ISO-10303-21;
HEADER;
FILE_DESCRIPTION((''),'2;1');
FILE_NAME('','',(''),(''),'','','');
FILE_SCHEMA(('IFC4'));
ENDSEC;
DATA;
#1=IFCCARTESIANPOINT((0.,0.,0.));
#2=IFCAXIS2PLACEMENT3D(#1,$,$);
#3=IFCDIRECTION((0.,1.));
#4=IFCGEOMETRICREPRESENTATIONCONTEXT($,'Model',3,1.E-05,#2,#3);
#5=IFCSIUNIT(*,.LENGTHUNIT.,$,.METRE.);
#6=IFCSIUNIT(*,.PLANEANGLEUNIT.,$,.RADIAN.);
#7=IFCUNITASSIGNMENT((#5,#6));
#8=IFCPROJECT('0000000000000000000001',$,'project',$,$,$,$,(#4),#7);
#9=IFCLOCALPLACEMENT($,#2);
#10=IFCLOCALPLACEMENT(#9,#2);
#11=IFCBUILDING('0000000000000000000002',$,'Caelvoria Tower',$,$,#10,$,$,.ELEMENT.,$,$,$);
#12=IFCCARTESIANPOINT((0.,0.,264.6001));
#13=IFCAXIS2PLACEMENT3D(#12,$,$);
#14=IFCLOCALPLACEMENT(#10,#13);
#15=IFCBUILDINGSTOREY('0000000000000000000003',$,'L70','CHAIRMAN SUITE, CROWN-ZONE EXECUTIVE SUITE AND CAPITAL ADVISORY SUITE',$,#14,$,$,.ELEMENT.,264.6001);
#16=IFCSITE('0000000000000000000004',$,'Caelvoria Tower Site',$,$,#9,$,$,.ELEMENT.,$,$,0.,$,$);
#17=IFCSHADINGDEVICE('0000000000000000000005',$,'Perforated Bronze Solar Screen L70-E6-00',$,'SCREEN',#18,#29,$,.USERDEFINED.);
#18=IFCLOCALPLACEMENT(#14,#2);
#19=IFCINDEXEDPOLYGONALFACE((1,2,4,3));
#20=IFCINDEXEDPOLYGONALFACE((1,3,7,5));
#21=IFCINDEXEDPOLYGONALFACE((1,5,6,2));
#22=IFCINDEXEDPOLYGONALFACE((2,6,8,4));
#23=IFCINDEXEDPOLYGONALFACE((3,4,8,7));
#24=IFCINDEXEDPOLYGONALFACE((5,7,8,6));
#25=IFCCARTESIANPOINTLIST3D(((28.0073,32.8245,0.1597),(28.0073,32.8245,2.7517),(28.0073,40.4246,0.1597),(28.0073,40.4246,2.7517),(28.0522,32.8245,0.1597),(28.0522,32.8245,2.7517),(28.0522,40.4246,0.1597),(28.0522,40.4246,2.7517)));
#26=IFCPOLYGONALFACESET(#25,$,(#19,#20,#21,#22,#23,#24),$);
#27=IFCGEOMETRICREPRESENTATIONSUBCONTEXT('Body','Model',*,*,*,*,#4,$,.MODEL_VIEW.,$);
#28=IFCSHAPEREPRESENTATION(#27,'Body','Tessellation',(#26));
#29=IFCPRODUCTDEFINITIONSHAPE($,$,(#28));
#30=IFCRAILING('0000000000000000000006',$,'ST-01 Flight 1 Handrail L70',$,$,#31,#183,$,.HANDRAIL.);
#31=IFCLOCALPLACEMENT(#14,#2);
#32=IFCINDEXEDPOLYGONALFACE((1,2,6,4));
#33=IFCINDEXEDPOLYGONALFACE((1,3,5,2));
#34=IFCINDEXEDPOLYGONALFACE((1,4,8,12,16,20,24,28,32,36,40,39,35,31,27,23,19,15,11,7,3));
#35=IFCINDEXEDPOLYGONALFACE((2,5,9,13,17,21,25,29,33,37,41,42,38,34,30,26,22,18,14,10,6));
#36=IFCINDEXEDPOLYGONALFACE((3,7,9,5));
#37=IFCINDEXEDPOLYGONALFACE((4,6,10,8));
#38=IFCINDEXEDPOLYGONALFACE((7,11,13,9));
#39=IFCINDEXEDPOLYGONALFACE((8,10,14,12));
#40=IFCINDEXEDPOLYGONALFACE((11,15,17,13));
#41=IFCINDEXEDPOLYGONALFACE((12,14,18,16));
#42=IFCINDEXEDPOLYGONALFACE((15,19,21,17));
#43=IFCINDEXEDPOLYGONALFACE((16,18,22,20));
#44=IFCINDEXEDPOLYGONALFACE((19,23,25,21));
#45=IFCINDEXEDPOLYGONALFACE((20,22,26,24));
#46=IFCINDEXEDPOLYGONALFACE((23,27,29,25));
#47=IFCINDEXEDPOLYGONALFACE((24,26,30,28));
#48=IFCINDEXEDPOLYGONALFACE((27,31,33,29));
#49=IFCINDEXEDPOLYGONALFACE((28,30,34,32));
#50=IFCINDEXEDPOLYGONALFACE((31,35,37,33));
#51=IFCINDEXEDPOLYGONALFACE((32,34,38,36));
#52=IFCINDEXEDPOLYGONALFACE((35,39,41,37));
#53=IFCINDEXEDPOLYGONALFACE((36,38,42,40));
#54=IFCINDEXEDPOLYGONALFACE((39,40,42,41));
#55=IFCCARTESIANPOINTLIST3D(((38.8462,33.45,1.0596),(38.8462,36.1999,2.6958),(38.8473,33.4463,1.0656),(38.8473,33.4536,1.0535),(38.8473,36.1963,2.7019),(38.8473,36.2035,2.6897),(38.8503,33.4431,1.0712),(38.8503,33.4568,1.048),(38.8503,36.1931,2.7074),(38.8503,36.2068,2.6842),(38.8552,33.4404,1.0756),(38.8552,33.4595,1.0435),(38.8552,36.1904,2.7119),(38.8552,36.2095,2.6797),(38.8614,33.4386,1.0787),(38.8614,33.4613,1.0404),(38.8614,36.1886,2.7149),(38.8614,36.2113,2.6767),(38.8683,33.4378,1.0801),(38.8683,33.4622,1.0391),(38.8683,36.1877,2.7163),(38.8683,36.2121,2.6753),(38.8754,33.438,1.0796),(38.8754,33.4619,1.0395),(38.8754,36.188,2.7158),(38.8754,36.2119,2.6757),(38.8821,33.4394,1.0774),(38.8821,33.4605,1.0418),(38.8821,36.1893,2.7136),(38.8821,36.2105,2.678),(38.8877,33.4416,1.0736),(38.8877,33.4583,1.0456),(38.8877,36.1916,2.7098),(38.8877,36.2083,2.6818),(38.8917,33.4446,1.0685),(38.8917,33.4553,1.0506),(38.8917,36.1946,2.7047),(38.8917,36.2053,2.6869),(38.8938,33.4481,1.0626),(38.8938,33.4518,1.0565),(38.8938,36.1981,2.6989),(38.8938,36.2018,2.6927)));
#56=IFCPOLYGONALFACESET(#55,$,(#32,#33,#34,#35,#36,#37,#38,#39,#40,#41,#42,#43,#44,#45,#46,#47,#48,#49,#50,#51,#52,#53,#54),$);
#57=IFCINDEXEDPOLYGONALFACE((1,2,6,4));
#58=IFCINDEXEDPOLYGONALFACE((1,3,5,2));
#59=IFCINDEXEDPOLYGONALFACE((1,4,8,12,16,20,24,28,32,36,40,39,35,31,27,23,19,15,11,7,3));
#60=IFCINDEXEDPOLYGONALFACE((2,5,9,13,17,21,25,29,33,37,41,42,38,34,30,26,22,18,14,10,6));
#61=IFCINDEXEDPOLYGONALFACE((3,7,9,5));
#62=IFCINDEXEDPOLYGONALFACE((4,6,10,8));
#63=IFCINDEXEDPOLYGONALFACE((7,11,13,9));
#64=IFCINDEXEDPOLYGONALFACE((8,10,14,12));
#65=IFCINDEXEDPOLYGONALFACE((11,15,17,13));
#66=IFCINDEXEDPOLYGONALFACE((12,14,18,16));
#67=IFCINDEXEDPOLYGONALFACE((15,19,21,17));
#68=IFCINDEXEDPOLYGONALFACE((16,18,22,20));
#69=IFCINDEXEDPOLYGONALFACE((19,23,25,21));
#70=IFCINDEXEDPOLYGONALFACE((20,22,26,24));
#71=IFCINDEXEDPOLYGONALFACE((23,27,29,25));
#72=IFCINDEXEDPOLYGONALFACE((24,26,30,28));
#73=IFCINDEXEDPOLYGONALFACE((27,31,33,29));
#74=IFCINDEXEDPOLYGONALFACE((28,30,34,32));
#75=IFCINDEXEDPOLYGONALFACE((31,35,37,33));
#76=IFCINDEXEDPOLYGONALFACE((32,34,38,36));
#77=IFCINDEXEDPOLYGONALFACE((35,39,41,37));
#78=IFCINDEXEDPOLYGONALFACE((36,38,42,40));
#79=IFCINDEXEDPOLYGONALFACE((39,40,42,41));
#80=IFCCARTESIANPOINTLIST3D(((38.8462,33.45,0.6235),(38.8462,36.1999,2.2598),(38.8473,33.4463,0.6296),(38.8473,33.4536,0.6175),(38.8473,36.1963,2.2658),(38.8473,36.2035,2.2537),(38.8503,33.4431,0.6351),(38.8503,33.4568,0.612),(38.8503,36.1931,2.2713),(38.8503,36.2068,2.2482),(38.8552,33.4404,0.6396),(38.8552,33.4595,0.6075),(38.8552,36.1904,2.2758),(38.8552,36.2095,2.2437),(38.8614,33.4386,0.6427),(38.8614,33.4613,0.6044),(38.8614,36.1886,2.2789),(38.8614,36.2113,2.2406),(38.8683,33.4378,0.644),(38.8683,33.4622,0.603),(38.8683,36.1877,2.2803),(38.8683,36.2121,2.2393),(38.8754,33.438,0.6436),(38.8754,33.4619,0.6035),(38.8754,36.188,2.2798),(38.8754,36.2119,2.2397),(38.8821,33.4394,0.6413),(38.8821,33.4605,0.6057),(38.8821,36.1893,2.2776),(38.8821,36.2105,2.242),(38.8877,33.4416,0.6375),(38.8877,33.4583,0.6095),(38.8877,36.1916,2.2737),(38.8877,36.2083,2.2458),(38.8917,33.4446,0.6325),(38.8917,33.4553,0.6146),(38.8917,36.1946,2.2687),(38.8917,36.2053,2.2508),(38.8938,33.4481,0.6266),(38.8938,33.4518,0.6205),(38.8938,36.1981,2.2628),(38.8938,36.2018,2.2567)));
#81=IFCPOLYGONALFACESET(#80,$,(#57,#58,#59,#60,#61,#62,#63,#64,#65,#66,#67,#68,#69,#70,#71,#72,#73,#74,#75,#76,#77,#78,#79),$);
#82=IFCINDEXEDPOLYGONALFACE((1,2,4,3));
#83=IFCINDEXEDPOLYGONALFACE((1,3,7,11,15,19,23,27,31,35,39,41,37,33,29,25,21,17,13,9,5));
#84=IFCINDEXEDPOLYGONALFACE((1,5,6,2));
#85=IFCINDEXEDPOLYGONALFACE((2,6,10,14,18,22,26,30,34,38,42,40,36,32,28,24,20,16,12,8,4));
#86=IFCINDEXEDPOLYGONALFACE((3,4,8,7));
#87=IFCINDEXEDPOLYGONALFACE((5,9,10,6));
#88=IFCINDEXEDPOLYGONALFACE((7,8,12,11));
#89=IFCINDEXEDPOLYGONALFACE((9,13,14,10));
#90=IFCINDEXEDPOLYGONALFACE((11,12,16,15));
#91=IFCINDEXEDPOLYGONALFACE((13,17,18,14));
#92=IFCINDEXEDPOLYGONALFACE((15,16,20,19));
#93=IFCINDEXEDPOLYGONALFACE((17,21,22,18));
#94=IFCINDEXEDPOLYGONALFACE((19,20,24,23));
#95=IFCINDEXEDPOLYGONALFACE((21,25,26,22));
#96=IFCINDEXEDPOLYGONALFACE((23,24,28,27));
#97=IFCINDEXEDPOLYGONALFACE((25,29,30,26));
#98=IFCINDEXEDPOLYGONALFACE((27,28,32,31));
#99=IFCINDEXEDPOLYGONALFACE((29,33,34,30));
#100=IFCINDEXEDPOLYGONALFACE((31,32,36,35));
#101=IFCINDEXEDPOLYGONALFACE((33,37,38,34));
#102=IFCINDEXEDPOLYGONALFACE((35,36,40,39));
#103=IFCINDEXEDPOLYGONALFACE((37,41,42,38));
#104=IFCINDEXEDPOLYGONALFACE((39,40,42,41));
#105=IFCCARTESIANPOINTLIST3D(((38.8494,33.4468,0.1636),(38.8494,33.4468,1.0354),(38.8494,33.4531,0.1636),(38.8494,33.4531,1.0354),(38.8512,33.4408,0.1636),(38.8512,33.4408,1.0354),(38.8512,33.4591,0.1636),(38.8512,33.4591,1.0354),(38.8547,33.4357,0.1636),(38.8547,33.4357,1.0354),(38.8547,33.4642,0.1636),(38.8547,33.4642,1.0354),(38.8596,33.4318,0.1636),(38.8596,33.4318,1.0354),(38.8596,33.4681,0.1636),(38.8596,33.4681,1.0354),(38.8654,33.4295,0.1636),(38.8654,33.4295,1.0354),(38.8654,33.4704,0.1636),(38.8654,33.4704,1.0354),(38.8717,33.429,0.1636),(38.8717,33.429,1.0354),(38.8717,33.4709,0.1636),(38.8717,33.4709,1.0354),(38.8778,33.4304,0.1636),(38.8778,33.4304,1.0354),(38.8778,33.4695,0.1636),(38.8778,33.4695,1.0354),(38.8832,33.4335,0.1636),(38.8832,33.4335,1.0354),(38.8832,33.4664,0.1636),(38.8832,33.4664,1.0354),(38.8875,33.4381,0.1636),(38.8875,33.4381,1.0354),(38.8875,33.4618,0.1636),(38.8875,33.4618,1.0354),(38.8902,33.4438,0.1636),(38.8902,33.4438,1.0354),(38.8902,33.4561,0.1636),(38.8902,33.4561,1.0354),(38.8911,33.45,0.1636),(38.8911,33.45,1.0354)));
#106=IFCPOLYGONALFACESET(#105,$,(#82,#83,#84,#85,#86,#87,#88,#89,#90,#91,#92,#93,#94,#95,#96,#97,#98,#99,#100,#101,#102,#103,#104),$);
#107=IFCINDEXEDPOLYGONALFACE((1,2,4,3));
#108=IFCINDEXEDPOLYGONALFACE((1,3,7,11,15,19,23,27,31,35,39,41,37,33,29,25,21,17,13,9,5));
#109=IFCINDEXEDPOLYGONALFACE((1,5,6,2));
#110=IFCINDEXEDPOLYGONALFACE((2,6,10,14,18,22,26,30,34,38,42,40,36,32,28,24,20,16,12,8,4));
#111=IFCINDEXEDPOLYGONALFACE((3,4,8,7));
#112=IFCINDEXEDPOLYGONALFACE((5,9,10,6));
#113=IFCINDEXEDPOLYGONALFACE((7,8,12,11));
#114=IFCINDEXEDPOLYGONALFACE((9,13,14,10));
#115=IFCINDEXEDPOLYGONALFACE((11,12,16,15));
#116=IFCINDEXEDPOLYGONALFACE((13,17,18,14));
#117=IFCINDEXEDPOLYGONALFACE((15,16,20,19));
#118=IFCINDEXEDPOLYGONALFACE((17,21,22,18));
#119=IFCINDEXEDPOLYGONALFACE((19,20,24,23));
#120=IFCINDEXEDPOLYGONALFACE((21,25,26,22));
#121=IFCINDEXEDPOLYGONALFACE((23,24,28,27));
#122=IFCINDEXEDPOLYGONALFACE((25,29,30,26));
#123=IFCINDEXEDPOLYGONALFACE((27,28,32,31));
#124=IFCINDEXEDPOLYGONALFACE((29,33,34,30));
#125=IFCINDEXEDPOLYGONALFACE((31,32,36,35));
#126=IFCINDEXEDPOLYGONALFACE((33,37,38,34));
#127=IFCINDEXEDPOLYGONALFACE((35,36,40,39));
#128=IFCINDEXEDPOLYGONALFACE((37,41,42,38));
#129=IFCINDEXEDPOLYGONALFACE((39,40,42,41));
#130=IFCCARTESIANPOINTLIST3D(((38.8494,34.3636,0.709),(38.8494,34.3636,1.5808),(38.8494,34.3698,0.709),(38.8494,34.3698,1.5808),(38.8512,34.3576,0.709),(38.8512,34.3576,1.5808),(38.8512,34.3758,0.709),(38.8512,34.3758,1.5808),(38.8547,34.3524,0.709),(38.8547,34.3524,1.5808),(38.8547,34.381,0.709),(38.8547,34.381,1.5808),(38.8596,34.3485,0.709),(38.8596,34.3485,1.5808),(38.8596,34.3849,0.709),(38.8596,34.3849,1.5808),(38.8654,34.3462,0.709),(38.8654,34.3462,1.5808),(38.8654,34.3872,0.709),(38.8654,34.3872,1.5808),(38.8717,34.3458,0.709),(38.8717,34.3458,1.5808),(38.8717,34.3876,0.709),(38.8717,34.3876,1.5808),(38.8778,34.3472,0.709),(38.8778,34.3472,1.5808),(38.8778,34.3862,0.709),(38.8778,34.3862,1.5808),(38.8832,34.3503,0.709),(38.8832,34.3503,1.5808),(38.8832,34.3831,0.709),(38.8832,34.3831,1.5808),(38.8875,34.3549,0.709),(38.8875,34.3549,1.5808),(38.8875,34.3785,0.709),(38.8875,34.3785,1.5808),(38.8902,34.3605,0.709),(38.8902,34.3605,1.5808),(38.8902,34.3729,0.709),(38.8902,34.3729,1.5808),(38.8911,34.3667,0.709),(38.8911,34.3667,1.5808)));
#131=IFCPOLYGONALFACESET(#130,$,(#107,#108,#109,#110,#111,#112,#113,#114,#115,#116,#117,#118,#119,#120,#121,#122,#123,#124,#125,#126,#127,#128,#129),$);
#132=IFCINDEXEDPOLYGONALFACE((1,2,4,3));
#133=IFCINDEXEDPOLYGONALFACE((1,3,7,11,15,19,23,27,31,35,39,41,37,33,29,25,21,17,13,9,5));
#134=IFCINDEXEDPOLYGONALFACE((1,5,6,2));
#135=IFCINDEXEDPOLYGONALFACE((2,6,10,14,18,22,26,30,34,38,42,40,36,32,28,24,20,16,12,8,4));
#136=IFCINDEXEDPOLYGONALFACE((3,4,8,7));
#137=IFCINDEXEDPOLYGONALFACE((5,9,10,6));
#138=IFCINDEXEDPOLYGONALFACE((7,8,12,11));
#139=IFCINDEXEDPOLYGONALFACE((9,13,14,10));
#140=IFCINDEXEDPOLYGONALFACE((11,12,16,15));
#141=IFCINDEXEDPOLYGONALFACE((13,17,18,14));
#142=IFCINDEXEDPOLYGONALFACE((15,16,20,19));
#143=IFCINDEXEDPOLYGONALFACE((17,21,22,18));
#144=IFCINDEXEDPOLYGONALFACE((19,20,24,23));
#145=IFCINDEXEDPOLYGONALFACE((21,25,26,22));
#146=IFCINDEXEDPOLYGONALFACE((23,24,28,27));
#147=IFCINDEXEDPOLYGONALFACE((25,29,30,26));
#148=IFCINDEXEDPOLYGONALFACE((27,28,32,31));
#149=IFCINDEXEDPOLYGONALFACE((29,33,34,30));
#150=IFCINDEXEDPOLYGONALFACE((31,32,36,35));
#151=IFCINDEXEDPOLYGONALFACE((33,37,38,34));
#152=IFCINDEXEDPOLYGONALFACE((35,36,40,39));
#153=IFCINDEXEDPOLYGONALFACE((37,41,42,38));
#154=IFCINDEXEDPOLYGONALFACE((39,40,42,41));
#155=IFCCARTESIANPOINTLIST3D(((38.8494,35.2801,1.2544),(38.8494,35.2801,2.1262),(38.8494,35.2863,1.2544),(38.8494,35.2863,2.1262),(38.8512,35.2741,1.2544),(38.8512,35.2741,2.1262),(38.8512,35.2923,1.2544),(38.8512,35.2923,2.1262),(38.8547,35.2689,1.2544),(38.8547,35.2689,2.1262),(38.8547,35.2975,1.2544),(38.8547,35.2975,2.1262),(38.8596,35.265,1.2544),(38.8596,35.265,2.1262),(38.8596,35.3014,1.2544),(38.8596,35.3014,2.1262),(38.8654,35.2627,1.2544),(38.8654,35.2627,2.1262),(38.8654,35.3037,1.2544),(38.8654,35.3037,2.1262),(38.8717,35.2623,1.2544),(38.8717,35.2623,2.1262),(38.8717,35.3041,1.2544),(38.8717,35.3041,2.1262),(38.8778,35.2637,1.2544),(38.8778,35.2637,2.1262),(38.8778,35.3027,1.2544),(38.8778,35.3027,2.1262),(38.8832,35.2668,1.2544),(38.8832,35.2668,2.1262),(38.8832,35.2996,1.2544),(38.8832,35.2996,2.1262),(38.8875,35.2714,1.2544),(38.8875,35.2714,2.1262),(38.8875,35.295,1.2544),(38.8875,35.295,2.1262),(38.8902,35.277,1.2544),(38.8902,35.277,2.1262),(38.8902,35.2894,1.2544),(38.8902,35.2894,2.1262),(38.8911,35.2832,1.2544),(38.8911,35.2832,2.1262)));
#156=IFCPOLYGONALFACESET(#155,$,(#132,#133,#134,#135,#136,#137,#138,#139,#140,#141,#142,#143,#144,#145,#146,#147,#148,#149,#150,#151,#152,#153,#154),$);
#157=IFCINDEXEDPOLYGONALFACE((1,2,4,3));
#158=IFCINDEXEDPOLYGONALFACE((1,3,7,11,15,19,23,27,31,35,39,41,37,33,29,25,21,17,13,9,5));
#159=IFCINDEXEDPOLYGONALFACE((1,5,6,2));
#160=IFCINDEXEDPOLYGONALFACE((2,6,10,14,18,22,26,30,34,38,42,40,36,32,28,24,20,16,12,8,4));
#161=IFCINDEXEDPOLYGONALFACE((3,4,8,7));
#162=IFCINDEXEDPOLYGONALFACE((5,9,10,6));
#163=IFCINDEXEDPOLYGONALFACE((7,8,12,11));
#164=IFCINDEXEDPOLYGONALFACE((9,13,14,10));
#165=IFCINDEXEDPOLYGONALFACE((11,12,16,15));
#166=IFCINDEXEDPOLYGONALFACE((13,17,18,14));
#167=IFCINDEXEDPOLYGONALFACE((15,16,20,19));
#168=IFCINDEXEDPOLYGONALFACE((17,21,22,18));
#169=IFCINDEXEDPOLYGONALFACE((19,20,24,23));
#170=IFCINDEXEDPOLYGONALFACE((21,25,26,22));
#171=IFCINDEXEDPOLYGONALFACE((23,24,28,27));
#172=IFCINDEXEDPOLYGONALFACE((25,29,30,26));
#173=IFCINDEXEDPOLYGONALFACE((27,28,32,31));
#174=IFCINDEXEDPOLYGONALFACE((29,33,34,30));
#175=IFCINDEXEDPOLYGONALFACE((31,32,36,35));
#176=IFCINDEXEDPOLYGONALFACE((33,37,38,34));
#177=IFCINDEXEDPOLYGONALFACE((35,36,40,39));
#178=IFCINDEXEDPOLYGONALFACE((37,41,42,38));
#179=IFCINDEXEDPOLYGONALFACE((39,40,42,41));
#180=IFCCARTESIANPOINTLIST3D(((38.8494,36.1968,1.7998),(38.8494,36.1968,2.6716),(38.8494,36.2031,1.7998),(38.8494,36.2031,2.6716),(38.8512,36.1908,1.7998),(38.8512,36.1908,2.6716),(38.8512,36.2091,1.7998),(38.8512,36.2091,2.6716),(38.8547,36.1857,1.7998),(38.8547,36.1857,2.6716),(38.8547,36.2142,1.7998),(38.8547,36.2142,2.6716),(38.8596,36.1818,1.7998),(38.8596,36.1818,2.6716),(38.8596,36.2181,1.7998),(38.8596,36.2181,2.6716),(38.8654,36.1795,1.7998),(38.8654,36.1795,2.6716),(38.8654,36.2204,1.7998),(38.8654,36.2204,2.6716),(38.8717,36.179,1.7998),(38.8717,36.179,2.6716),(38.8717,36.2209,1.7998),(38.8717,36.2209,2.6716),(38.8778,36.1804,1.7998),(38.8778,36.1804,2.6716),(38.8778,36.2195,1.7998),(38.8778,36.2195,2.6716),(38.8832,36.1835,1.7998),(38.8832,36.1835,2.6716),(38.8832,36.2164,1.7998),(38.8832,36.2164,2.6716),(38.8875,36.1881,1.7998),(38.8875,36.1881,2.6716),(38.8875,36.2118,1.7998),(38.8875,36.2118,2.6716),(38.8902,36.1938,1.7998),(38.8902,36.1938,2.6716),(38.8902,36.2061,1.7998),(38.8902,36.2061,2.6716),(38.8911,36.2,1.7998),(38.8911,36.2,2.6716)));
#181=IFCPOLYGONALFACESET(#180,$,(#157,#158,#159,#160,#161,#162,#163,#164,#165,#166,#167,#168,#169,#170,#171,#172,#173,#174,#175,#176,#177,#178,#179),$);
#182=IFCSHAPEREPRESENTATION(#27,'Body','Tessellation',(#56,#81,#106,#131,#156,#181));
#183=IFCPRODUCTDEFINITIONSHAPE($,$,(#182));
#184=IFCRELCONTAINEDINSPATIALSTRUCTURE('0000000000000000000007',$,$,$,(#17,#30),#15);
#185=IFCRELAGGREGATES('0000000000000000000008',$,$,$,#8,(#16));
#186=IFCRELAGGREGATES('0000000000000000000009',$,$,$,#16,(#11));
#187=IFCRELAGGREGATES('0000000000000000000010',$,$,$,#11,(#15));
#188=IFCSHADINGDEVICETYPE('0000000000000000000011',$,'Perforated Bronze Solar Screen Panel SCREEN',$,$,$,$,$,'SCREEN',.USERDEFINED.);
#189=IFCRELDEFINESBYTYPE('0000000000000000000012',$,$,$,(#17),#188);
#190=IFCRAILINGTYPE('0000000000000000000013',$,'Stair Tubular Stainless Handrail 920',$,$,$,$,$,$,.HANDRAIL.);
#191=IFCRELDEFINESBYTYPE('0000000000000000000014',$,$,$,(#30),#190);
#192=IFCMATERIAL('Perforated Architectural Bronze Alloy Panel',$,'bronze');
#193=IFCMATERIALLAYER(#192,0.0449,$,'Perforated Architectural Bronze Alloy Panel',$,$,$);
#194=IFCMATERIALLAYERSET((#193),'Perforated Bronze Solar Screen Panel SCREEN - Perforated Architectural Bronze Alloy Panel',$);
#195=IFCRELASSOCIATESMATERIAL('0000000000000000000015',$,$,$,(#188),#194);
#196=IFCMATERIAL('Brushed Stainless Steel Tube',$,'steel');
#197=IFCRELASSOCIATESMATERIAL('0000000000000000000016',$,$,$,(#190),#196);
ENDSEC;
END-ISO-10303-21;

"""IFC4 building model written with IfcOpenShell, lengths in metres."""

from ifc_helpers import new_model, si_unit, direction, frame, origin, origin_2d, place, context, subcontext, project, spatial, rectangle, circle, extrude, material, layer, layer_set, type_object, element, save


model = new_model("IFC4")

# Units and contexts
model_context = context("Model", 3, precision=1e-05, world=origin(), true_north=direction((0.0, 1.0)))
body_context = subcontext(model_context, "Body", "Model", "MODEL_VIEW")
ifc_project = project(units=[si_unit("LENGTHUNIT", "METRE"), si_unit("PLANEANGLEUNIT", "RADIAN")], contexts=[model_context])

# Site, building, storey
site_placement = place(None, origin())
site = spatial("IfcSite", under=ifc_project, at=site_placement, Name="Caelvoria Tower Site", CompositionType="ELEMENT", RefElevation=0.0)
building_placement = place(site_placement, origin())
building = spatial("IfcBuilding", under=site, at=building_placement, Name="Caelvoria Tower", CompositionType="ELEMENT")
storey_placement = place(building_placement, frame((0.0, 0.0, 264.6001)))
storey = spatial("IfcBuildingStorey", under=building, at=storey_placement, Name="L70", Description="CHAIRMAN SUITE, CROWN-ZONE EXECUTIVE SUITE AND CAPITAL ADVISORY SUITE", CompositionType="ELEMENT", Elevation=264.6001)

# Shading device
ifc_material_1 = material(Name="Perforated Architectural Bronze Alloy Panel", Category="bronze")
ifc_layer_1 = layer(ifc_material_1, 0.0449, Name="Perforated Architectural Bronze Alloy Panel")
ifc_layer_set_1 = layer_set([ifc_layer_1], Name="Perforated Bronze Solar Screen Panel SCREEN - Perforated Architectural Bronze Alloy Panel")
shading_device_type = type_object("IfcShadingDeviceType", Name="Perforated Bronze Solar Screen Panel SCREEN", ElementType="SCREEN", PredefinedType="USERDEFINED", material=ifc_layer_set_1)
shading_device_placement = place(storey_placement, frame((28.0298, 36.6245, 0.1597), z_axis=(0.0, 0.0, 1.0), x_axis=(0.0, -1.0, 0.0)))
element("IfcShadingDevice", 1, at=shading_device_placement, inside=storey, type_object=shading_device_type, Name="Perforated Bronze Solar Screen L70-E6-00", ObjectType="SCREEN", PredefinedType="USERDEFINED", context=body_context, shape_type="SweptSolid", body=[
    extrude(rectangle(XDim=7.6001, YDim=0.0449, at=origin_2d()), origin(), (0.0, 0.0, 1.0), 2.592),
])

# Railing
ifc_material_2 = material(Name="Brushed Stainless Steel Tube", Category="steel")
railing_type_1 = type_object("IfcRailingType", Name="Stair Tubular Stainless Handrail 920", PredefinedType="HANDRAIL", material=ifc_material_2)
railing_1_placement = place(storey_placement, frame((38.8701, 33.45, 0.1636)))
element("IfcRailing", 2, at=railing_1_placement, inside=storey, type_object=railing_type_1, Name="ST-01 Flight 1 Handrail L70", PredefinedType="HANDRAIL", context=body_context, shape_type="SweptSolid", body=[
    extrude(circle(Radius=0.0239, at=origin_2d()), frame((0.0, 0.0, 0.896), z_axis=(0.0, 0.859385, 0.511328), x_axis=(-1.0, 0.0, 0.0)), (0.0, 0.0, 1.0), 3.2),
    extrude(circle(Radius=0.0239, at=origin_2d()), frame((0.0, 0.0, 0.46), z_axis=(0.0, 0.859385, 0.511328), x_axis=(-1.0, 0.0, 0.0)), (0.0, 0.0, 1.0), 3.2),
    extrude(circle(Radius=0.021, at=origin_2d()), origin(), (0.0, 0.0, 1.0), 0.8718),
    extrude(circle(Radius=0.021, at=origin_2d()), frame((0.0, 0.9167, 0.5454)), (0.0, 0.0, 1.0), 0.8718),
    extrude(circle(Radius=0.021, at=origin_2d()), frame((0.0, 1.8333, 1.0908)), (0.0, 0.0, 1.0), 0.8718),
    extrude(circle(Radius=0.021, at=origin_2d()), frame((0.0, 2.75, 1.6362)), (0.0, 0.0, 1.0), 0.8718),
])

save(model, "model.ifc")
